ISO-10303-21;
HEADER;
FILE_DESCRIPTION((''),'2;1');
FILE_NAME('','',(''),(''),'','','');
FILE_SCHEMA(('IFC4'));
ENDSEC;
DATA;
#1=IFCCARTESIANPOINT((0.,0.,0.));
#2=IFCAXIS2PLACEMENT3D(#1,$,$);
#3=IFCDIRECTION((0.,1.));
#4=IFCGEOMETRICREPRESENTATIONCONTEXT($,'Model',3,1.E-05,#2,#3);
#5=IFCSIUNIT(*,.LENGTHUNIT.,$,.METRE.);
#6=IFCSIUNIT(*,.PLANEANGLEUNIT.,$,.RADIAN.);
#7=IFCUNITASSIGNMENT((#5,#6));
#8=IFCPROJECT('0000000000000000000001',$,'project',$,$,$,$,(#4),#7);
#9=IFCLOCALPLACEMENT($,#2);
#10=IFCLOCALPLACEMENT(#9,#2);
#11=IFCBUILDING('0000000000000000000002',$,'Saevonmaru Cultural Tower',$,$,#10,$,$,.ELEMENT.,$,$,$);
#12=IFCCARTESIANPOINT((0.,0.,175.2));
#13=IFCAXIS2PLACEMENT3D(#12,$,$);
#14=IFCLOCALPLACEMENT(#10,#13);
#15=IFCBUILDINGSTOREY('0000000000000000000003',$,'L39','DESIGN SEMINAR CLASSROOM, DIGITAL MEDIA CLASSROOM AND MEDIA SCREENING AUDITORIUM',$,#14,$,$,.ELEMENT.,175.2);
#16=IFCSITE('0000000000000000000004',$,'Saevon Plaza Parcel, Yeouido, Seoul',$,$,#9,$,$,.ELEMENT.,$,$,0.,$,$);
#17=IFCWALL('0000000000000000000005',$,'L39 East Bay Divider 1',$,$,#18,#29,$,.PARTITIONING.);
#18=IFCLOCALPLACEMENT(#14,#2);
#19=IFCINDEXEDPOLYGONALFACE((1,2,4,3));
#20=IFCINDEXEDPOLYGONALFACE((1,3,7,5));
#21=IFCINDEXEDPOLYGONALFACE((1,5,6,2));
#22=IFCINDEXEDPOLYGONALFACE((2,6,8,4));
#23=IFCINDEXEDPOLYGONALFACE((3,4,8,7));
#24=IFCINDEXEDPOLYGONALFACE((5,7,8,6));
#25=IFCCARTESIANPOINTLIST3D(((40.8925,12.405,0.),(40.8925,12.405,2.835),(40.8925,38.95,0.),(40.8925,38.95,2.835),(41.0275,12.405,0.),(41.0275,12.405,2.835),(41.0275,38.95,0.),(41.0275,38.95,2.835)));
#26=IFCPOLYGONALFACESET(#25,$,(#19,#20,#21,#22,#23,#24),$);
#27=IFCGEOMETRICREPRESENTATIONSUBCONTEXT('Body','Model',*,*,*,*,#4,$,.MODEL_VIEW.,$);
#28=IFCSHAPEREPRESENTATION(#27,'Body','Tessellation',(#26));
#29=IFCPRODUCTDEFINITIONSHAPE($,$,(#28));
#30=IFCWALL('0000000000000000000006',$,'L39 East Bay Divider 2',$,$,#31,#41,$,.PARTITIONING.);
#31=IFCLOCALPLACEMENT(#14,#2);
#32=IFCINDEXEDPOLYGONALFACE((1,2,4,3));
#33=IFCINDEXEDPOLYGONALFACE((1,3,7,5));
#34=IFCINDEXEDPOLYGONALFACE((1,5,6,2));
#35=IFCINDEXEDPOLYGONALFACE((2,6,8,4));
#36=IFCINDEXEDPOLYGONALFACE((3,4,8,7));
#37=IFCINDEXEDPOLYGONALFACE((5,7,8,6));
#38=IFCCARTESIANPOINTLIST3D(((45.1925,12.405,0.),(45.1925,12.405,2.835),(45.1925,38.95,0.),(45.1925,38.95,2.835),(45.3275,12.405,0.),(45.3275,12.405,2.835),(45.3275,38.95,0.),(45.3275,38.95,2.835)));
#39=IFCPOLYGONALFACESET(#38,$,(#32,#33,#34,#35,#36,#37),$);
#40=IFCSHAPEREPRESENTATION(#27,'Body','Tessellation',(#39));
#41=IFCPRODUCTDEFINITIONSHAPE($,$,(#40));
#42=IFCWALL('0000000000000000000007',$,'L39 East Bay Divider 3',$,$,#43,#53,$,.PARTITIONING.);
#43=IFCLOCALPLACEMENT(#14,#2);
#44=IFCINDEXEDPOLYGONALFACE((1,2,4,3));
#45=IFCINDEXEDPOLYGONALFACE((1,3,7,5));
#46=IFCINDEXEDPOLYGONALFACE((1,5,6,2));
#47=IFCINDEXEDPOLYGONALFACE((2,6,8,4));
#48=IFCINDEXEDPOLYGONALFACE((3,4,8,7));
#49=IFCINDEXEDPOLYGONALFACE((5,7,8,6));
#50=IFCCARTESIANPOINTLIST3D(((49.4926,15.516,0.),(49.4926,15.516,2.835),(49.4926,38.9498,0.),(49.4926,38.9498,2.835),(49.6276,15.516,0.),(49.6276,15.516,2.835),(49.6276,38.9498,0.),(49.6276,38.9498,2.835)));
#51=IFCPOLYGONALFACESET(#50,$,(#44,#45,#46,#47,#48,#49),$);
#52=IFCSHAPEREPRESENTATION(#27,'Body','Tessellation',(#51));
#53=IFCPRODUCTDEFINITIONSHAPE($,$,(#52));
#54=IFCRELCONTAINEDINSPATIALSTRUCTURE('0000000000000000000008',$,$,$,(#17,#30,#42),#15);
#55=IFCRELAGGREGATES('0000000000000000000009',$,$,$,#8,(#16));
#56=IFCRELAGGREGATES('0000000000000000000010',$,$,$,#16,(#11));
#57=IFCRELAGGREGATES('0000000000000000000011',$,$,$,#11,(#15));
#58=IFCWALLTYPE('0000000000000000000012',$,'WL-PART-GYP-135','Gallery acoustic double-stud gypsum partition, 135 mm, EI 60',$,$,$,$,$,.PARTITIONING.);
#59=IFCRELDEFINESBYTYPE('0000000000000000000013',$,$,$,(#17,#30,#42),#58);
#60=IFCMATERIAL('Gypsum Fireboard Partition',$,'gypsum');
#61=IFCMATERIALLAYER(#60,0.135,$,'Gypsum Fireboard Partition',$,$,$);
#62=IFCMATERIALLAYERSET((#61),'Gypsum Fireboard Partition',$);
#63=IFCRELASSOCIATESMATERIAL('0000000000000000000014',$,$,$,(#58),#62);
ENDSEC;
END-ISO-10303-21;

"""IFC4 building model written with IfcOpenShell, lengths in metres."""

from ifc_helpers import new_model, si_unit, direction, frame, frame_2d, origin, place, context, subcontext, project, spatial, rectangle, extrude, material, layer, layer_set, type_object, element, save


model = new_model("IFC4")

# Units and contexts
model_context = context("Model", 3, precision=1e-05, world=origin(), true_north=direction((0.0, 1.0)))
body_context = subcontext(model_context, "Body", "Model", "MODEL_VIEW")
ifc_project = project(units=[si_unit("LENGTHUNIT", "METRE"), si_unit("PLANEANGLEUNIT", "RADIAN")], contexts=[model_context])

# Site, building, storey
site_placement = place(None, origin())
site = spatial("IfcSite", under=ifc_project, at=site_placement, Name="Saevon Plaza Parcel, Yeouido, Seoul", CompositionType="ELEMENT", RefElevation=0.0)
building_placement = place(site_placement, origin())
building = spatial("IfcBuilding", under=site, at=building_placement, Name="Saevonmaru Cultural Tower", CompositionType="ELEMENT")
storey_placement = place(building_placement, frame((0.0, 0.0, 175.2)))
storey = spatial("IfcBuildingStorey", under=building, at=storey_placement, Name="L39", Description="DESIGN SEMINAR CLASSROOM, DIGITAL MEDIA CLASSROOM AND MEDIA SCREENING AUDITORIUM", CompositionType="ELEMENT", Elevation=175.2)

# Walls
ifc_material_1 = material(Name="Gypsum Fireboard Partition", Category="gypsum")
ifc_layer_1 = layer(ifc_material_1, 0.135, Name="Gypsum Fireboard Partition")
ifc_layer_set_1 = layer_set([ifc_layer_1], Name="Gypsum Fireboard Partition")
wall_type_1 = type_object("IfcWallType", Name="WL-PART-GYP-135", Description="Gallery acoustic double-stud gypsum partition, 135 mm, EI 60", PredefinedType="PARTITIONING", material=ifc_layer_set_1)
for number, where, z_axis, x_axis, name in (
    (1, (40.96, 12.405, 0.0), (0.0, 0.0, 1.0), (0.0, 1.0, 0.0), "L39 East Bay Divider 1"),
    (2, (45.26, 12.405, 0.0), (0.0, 0.0, 1.0), (0.0, 1.0, 0.0), "L39 East Bay Divider 2"),
):
    element("IfcWall", number, at=place(storey_placement, frame(where, z_axis=z_axis, x_axis=x_axis)), inside=storey, type_object=wall_type_1, Name=name, PredefinedType="PARTITIONING", context=body_context, shape_type="SweptSolid", body=[
        extrude(rectangle(XDim=26.5449, YDim=0.135, at=frame_2d((13.2725, 0.0))), origin(), (0.0, 0.0, 1.0), 2.835),
    ])
wall_1_placement = place(storey_placement, frame((49.5601, 15.5161, 0.0), z_axis=(0.0, 0.0, 1.0), x_axis=(0.0, 1.0, 0.0)))
element("IfcWall", 3, at=wall_1_placement, inside=storey, type_object=wall_type_1, Name="L39 East Bay Divider 3", PredefinedType="PARTITIONING", context=body_context, shape_type="SweptSolid", body=[
    extrude(rectangle(XDim=23.4338, YDim=0.135, at=frame_2d((11.7168, 0.0))), origin(), (0.0, 0.0, 1.0), 2.835),
])

save(model, "model.ifc")
